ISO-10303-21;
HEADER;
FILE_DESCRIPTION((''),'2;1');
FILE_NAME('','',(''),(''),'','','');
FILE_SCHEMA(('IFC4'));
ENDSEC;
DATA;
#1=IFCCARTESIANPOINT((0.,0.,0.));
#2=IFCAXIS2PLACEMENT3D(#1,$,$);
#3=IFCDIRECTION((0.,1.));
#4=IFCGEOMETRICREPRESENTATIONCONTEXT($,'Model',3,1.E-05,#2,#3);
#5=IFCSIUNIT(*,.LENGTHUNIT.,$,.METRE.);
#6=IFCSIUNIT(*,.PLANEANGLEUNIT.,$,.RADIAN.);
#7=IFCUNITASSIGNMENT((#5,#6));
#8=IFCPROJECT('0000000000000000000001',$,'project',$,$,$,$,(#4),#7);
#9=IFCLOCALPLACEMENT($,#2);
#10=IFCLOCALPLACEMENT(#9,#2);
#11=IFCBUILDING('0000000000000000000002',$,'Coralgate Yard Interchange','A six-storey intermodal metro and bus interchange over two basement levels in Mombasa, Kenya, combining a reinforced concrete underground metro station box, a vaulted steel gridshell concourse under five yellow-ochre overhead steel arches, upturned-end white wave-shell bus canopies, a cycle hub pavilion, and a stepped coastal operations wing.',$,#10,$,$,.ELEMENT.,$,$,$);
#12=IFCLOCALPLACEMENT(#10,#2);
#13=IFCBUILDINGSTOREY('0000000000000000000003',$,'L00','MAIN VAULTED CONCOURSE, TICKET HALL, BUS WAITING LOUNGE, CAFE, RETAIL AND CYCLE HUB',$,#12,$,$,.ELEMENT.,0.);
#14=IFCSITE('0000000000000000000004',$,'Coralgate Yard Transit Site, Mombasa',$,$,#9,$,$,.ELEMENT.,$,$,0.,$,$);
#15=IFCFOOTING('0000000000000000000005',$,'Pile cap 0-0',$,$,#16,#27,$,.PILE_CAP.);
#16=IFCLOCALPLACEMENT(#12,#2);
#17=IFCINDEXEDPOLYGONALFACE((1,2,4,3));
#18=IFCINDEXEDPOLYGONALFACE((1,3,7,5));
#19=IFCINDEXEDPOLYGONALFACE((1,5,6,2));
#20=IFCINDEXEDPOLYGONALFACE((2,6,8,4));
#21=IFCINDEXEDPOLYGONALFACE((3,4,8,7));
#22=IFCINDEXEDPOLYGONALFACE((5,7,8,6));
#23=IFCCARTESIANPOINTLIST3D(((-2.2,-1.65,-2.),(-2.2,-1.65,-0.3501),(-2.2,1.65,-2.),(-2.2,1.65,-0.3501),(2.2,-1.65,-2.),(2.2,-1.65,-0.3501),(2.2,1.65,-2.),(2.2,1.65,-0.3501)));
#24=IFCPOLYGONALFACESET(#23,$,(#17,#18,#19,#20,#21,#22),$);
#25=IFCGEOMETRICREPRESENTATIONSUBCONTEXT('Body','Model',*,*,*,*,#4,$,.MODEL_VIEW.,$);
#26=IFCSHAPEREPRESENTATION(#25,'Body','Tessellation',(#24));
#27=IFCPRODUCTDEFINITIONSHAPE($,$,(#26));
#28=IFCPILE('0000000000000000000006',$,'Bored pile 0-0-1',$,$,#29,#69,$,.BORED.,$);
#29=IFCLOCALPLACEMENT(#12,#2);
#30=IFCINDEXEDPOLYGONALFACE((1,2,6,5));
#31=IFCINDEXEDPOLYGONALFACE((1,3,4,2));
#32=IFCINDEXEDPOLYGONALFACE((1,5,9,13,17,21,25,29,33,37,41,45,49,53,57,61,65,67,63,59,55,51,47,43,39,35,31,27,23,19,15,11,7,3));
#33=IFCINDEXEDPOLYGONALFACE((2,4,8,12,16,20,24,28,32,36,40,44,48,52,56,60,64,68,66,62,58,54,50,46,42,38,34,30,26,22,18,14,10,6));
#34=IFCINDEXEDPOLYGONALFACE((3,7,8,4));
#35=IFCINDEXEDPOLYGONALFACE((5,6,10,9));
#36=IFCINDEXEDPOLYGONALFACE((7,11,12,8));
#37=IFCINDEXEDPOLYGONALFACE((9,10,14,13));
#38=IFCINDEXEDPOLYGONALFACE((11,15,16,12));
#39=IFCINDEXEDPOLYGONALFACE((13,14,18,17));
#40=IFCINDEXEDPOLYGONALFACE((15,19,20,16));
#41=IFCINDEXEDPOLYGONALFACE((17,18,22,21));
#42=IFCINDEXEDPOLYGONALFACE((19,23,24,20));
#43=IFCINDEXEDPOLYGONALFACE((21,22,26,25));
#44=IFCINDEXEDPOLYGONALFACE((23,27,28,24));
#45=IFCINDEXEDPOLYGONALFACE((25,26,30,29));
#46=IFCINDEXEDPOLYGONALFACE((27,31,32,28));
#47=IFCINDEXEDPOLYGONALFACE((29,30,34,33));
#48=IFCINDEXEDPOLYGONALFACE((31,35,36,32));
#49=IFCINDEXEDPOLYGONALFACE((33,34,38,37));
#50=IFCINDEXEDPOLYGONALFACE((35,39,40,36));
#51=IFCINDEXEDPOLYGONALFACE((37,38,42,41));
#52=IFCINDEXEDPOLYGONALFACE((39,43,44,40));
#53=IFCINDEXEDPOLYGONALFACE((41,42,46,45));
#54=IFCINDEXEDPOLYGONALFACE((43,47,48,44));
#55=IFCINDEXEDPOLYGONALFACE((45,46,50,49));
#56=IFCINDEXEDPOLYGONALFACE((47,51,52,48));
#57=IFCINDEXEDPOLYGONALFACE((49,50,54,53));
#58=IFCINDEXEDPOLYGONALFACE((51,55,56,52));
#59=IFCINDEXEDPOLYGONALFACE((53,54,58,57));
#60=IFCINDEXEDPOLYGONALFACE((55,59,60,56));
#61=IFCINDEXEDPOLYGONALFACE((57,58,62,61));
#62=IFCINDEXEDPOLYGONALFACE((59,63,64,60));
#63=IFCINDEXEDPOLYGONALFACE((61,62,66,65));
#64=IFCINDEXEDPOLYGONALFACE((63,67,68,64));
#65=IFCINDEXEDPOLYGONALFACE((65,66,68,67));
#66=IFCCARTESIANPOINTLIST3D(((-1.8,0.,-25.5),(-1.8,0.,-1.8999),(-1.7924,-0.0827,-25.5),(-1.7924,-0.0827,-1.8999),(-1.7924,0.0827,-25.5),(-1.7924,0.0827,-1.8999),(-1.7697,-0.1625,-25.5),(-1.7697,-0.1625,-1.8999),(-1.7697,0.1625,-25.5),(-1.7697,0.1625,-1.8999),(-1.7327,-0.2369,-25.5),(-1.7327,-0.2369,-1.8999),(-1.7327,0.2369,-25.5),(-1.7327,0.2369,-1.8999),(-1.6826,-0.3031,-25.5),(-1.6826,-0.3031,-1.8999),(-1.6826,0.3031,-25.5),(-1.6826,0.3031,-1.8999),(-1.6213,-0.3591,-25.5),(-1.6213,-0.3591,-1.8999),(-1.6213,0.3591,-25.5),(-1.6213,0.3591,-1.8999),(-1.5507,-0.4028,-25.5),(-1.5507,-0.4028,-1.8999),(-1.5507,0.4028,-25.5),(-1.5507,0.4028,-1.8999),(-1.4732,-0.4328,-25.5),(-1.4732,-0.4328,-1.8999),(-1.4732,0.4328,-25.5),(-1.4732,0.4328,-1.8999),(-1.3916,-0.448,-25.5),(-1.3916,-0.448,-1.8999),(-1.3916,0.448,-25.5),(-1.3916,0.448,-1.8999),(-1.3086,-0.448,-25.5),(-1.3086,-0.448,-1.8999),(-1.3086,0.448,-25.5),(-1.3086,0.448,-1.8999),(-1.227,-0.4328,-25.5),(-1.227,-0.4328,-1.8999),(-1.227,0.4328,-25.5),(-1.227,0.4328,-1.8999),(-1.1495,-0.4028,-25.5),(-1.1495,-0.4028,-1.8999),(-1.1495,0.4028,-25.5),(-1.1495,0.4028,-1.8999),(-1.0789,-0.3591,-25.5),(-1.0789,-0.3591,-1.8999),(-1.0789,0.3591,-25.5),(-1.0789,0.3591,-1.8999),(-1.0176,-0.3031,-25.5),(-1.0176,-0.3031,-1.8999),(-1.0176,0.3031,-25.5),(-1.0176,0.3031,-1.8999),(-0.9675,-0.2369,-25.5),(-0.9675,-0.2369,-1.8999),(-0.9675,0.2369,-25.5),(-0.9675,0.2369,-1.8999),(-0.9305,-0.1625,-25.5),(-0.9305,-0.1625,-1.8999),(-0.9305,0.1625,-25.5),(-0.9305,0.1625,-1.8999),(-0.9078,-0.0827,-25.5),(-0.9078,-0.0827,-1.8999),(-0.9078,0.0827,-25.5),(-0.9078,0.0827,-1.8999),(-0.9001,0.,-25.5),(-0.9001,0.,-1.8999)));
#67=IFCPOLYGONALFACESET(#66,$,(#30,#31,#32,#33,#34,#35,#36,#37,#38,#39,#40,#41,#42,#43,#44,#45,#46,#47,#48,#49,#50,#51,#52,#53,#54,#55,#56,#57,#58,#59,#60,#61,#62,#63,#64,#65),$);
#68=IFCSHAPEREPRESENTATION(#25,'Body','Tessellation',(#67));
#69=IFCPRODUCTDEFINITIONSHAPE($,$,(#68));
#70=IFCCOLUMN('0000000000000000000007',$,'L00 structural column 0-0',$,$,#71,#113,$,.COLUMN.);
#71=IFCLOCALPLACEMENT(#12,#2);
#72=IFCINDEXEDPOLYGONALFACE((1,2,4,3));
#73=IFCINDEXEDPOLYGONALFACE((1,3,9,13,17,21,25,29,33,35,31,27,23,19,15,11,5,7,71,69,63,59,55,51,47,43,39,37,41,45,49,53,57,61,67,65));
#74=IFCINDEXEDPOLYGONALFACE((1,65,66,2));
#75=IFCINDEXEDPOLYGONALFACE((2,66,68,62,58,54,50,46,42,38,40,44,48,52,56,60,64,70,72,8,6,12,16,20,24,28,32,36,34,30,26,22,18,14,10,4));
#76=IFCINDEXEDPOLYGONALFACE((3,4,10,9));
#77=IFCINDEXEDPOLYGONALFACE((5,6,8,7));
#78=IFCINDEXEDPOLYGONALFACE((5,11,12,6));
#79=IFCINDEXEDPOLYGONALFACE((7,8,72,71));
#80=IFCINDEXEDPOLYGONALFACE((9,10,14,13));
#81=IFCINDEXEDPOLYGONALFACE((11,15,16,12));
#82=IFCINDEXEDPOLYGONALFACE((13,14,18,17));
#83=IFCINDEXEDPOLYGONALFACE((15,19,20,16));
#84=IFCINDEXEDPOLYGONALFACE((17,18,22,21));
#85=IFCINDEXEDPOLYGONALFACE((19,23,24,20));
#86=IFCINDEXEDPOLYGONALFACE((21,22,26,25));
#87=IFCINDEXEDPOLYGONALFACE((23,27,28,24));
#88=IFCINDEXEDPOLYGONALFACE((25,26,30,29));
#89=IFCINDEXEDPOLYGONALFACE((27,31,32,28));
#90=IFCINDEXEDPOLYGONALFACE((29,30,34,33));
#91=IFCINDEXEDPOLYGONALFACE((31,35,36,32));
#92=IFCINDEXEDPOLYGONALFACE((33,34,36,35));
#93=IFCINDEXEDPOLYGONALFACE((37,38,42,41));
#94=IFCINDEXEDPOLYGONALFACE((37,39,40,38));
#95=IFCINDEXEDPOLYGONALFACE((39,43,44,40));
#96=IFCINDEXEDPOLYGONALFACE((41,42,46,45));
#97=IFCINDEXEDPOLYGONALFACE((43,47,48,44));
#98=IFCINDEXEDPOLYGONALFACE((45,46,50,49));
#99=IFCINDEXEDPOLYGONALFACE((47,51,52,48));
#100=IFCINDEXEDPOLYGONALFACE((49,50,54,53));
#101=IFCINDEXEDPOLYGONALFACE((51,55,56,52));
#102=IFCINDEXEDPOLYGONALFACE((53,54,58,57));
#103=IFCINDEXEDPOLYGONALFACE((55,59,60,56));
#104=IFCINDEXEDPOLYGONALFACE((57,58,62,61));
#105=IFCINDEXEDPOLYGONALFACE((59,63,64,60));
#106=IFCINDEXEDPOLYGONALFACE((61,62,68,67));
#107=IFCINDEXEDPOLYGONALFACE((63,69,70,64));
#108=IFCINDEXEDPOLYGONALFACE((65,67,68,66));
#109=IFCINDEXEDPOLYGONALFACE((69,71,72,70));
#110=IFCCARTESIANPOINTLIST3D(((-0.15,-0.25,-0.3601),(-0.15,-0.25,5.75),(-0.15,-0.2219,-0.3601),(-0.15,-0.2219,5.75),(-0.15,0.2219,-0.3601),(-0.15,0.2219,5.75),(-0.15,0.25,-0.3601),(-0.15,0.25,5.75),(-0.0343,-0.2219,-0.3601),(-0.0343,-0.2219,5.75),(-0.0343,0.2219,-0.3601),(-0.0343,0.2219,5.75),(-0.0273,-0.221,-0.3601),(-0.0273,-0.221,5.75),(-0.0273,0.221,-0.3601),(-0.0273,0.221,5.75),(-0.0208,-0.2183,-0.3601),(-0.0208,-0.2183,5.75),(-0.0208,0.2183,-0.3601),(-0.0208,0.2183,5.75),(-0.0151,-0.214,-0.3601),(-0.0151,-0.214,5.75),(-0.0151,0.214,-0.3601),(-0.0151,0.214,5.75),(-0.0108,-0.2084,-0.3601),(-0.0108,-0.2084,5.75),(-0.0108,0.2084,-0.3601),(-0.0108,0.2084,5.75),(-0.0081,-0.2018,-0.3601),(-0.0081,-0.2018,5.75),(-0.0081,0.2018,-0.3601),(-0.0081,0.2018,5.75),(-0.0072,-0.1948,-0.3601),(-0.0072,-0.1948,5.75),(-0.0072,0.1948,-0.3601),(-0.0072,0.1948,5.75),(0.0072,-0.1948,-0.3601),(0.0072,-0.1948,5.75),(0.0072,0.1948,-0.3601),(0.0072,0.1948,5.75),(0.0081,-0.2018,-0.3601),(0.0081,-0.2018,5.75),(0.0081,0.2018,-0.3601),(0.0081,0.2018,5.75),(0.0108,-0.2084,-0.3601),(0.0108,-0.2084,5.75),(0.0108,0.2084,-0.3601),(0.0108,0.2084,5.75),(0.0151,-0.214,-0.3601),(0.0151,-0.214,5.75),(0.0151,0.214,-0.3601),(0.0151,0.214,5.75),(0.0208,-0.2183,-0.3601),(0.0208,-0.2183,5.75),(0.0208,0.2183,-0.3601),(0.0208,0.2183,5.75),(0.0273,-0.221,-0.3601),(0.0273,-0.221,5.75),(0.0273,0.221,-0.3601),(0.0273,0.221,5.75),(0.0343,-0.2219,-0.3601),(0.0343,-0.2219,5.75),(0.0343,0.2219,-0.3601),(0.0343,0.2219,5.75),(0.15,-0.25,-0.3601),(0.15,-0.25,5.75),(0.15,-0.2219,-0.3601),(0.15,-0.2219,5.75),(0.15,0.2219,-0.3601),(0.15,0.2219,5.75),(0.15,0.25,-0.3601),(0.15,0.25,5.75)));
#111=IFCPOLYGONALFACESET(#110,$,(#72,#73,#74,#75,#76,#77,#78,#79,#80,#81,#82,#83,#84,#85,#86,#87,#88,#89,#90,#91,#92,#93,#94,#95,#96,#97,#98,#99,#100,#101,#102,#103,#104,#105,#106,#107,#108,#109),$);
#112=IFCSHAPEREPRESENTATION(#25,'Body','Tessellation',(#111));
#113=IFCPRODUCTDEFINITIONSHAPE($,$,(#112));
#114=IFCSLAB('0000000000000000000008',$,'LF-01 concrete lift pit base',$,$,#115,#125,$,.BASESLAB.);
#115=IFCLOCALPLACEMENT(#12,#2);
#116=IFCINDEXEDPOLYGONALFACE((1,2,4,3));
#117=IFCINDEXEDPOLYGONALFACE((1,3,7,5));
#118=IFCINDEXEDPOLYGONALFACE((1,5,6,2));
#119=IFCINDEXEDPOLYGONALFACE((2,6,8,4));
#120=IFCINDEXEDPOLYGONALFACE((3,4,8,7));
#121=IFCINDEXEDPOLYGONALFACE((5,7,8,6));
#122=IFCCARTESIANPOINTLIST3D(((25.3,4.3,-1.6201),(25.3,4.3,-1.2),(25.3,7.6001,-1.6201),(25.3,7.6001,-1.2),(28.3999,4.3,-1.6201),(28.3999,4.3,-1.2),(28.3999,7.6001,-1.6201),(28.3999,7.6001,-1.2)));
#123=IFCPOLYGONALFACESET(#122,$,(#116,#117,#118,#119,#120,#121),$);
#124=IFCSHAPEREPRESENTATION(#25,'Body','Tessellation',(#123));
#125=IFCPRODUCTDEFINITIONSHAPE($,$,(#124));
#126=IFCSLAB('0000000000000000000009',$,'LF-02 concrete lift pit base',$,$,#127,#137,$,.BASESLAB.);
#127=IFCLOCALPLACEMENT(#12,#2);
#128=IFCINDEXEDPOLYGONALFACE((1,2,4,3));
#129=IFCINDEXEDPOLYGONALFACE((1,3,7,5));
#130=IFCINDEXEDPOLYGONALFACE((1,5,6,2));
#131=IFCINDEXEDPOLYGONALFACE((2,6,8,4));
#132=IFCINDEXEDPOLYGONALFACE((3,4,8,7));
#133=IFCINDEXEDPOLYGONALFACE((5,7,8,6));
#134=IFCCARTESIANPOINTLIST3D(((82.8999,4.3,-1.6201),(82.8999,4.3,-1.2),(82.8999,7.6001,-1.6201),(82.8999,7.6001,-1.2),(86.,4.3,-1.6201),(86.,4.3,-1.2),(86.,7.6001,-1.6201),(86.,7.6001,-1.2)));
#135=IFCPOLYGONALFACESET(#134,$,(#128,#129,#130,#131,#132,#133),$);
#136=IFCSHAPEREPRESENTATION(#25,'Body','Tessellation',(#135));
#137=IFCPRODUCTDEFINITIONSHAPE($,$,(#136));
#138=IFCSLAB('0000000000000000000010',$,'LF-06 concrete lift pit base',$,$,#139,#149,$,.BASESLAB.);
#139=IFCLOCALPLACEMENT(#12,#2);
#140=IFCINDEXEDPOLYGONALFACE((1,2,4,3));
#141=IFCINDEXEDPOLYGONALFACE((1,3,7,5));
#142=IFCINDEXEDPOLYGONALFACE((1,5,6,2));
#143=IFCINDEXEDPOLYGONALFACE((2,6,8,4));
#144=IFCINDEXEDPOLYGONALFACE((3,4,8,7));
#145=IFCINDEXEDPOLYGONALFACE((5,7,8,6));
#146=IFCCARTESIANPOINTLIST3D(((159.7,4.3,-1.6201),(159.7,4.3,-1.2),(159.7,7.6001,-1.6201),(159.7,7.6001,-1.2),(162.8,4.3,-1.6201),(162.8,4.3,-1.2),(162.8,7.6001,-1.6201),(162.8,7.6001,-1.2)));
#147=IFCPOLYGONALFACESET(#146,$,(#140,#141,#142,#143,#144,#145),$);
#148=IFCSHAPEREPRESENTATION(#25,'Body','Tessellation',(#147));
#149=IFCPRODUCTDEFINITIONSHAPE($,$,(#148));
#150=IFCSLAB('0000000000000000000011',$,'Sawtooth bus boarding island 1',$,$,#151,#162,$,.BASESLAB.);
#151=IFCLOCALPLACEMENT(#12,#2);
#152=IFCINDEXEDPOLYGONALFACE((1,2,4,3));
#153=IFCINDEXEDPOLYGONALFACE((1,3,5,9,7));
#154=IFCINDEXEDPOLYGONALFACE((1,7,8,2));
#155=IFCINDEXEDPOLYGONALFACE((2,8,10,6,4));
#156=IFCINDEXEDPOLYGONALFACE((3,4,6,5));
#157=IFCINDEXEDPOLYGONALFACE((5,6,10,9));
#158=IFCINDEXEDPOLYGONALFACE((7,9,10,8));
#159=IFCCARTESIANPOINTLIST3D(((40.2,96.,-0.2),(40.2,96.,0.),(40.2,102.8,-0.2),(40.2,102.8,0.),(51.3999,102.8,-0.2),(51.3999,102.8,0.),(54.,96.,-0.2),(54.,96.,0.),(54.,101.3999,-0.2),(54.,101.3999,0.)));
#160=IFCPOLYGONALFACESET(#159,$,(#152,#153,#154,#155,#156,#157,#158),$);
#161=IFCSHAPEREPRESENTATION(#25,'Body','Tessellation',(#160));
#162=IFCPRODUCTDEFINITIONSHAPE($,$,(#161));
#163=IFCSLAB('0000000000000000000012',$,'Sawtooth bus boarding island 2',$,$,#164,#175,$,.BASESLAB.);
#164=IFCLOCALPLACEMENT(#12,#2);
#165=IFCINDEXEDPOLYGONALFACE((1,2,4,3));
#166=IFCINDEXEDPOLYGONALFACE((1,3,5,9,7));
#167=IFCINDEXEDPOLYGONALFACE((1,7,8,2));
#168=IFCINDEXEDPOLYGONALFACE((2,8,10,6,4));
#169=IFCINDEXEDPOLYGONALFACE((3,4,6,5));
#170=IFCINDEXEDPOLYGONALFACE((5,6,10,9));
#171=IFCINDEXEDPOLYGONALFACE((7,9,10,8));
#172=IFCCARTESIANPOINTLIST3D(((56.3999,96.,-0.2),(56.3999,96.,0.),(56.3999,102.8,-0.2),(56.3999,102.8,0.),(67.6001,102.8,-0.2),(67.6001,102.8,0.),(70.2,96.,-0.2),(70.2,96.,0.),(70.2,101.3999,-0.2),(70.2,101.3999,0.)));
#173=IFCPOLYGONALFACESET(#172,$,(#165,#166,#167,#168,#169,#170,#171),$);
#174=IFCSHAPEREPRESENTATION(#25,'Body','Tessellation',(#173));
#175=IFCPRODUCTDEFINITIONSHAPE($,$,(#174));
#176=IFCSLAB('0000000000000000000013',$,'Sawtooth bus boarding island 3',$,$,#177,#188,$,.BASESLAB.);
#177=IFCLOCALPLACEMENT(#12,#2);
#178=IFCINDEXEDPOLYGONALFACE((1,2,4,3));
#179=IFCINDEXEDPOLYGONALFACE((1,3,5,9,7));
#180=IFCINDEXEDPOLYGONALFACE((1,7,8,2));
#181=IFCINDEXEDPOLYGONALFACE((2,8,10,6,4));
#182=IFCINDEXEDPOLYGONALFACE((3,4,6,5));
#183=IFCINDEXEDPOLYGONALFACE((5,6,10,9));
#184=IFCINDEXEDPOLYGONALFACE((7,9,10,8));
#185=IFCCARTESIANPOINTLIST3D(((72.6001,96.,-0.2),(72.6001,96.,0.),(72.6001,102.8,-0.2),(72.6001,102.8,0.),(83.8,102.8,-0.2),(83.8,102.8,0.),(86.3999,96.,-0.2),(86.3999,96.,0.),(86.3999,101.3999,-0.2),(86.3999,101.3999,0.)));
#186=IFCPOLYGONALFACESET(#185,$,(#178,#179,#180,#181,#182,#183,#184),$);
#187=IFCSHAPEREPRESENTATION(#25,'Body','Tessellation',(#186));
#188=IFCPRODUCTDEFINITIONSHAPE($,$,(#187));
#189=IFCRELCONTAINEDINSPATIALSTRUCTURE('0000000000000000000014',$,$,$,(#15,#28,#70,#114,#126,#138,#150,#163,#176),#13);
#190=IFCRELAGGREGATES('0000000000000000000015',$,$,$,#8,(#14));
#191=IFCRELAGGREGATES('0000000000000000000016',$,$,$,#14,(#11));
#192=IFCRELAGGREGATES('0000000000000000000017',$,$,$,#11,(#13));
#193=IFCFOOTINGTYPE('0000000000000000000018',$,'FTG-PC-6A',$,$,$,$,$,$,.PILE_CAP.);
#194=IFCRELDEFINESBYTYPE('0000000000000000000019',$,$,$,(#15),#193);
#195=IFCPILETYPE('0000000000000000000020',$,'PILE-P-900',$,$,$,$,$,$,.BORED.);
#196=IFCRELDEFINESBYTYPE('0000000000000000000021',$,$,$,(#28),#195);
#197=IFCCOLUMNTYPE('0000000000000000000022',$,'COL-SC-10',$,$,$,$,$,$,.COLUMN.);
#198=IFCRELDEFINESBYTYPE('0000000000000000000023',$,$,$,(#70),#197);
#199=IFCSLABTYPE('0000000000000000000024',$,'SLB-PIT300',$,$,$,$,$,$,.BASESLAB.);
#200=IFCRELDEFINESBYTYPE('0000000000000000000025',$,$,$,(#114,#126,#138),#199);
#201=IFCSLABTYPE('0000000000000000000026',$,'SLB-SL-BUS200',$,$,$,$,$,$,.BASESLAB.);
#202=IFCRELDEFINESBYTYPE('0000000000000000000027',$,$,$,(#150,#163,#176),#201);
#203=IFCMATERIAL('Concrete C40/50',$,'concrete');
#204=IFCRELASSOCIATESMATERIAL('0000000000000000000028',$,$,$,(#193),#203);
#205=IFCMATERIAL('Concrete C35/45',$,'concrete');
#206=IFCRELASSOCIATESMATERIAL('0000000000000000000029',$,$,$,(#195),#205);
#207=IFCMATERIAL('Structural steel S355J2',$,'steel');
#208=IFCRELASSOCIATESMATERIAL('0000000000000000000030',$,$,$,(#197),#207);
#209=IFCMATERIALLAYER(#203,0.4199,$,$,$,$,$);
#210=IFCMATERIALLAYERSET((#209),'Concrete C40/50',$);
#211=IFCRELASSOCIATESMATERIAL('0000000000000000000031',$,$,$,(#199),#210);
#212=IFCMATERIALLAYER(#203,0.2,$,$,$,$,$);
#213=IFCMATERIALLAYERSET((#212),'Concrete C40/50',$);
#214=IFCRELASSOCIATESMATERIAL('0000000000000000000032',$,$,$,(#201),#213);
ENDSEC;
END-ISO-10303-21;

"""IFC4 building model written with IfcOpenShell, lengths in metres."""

from ifc_helpers import new_model, si_unit, direction, frame, origin, origin_2d, place, context, subcontext, project, spatial, polyline, rectangle, circle, i_section, outline, extrude, material, layer, layer_set, material_profile, profile_set, type_object, element, save


model = new_model("IFC4")

# Units and contexts
model_context = context("Model", 3, precision=1e-05, world=origin(), true_north=direction((0.0, 1.0)))
body_context = subcontext(model_context, "Body", "Model", "MODEL_VIEW")
ifc_project = project(units=[si_unit("LENGTHUNIT", "METRE"), si_unit("PLANEANGLEUNIT", "RADIAN")], contexts=[model_context])

# Site, building, storey
site_placement = place(None, origin())
site = spatial("IfcSite", under=ifc_project, at=site_placement, Name="Coralgate Yard Transit Site, Mombasa", CompositionType="ELEMENT", RefElevation=0.0)
building_placement = place(site_placement, origin())
building = spatial("IfcBuilding", under=site, at=building_placement, Name="Coralgate Yard Interchange", Description="A six-storey intermodal metro and bus interchange over two basement levels in Mombasa, Kenya, combining a reinforced concrete underground metro station box, a vaulted steel gridshell concourse under five yellow-ochre overhead steel arches, upturned-end white wave-shell bus canopies, a cycle hub pavilion, and a stepped coastal operations wing.", CompositionType="ELEMENT")
storey_placement = place(building_placement, origin())
storey = spatial("IfcBuildingStorey", under=building, at=storey_placement, Name="L00", Description="MAIN VAULTED CONCOURSE, TICKET HALL, BUS WAITING LOUNGE, CAFE, RETAIL AND CYCLE HUB", CompositionType="ELEMENT", Elevation=0.0)

# Footing
ifc_material_1 = material(Name="Concrete C40/50", Category="concrete")
footing_type = type_object("IfcFootingType", Name="FTG-PC-6A", PredefinedType="PILE_CAP", material=ifc_material_1)
footing_placement = place(storey_placement, frame((0.0, 0.0, -2.0), z_axis=(0.0, 0.0, 1.0), x_axis=(1.0, 0.0, 0.0)))
element("IfcFooting", 1, at=footing_placement, inside=storey, type_object=footing_type, Name="Pile cap 0-0", PredefinedType="PILE_CAP", context=body_context, shape_type="SweptSolid", body=[
    extrude(rectangle(XDim=4.3999, YDim=3.3, at=origin_2d()), origin(), (0.0, 0.0, 1.0), 1.6499),
])

# Pile
ifc_material_2 = material(Name="Concrete C35/45", Category="concrete")
ifc_material_profile_1 = material_profile(ifc_material_2, circle(Radius=0.45, at=origin_2d()), Name="BORED PILE D900")
ifc_profile_set_1 = profile_set([ifc_material_profile_1], Name="Concrete C35/45")
pile_type = type_object("IfcPileType", Name="PILE-P-900", PredefinedType="BORED", material=ifc_profile_set_1)
pile_placement = place(storey_placement, frame((-1.3501, 0.0, -1.8999), z_axis=(0.0, 0.0, -1.0), x_axis=(1.0, 0.0, 0.0)))
element("IfcPile", 2, at=pile_placement, inside=storey, type_object=pile_type, Name="Bored pile 0-0-1", PredefinedType="BORED", context=body_context, shape_type="SweptSolid", body=[
    extrude(circle(Radius=0.45, at=origin_2d()), origin(), (0.0, 0.0, 1.0), 23.6001),
])

# Column
ifc_material_3 = material(Name="Structural steel S355J2", Category="steel")
ifc_material_profile_2 = material_profile(ifc_material_3, i_section(OverallWidth=0.3, OverallDepth=0.5, WebThickness=0.0144, FlangeThickness=0.0281, FilletRadius=0.0271, at=origin_2d()), Name="HEB 500")
ifc_profile_set_2 = profile_set([ifc_material_profile_2], Name="Structural steel S355J2")
column_type = type_object("IfcColumnType", Name="COL-SC-10", PredefinedType="COLUMN", material=ifc_profile_set_2)
column_placement = place(storey_placement, frame((0.0, 0.0, -0.3601), z_axis=(0.0, 0.0, 1.0), x_axis=(1.0, 0.0, 0.0)))
element("IfcColumn", 3, at=column_placement, inside=storey, type_object=column_type, Name="L00 structural column 0-0", PredefinedType="COLUMN", context=body_context, shape_type="SweptSolid", body=[
    extrude(i_section(OverallWidth=0.3, OverallDepth=0.5, WebThickness=0.0144, FlangeThickness=0.0281, FilletRadius=0.0271, at=origin_2d()), origin(), (0.0, 0.0, 1.0), 6.1101),
])

# Slabs
ifc_layer_1 = layer(ifc_material_1, 0.4199)
ifc_layer_set_1 = layer_set([ifc_layer_1], Name="Concrete C40/50")
slab_type_1 = type_object("IfcSlabType", Name="SLB-PIT300", PredefinedType="BASESLAB", material=ifc_layer_set_1)
slab_1_placement = place(storey_placement, frame((0.0, 0.0, -1.6201)))
element("IfcSlab", 4, at=slab_1_placement, inside=storey, type_object=slab_type_1, Name="LF-01 concrete lift pit base", PredefinedType="BASESLAB", context=body_context, shape_type="SweptSolid", body=[
    extrude(outline(polyline([(25.3, 4.3), (28.3999, 4.3), (28.3999, 7.6001), (25.3, 7.6001), (25.3, 4.3)])), origin(), (0.0, 0.0, 1.0), 0.4202),
])
slab_2_placement = place(storey_placement, frame((0.0, 0.0, -1.6201)))
element("IfcSlab", 5, at=slab_2_placement, inside=storey, type_object=slab_type_1, Name="LF-02 concrete lift pit base", PredefinedType="BASESLAB", context=body_context, shape_type="SweptSolid", body=[
    extrude(outline(polyline([(82.8999, 4.3), (86.0, 4.3), (86.0, 7.6001), (82.8999, 7.6001), (82.8999, 4.3)])), origin(), (0.0, 0.0, 1.0), 0.4202),
])
slab_3_placement = place(storey_placement, frame((0.0, 0.0, -1.6201)))
element("IfcSlab", 6, at=slab_3_placement, inside=storey, type_object=slab_type_1, Name="LF-06 concrete lift pit base", PredefinedType="BASESLAB", context=body_context, shape_type="SweptSolid", body=[
    extrude(outline(polyline([(159.7, 4.3), (162.8, 4.3), (162.8, 7.6001), (159.7, 7.6001), (159.7, 4.3)])), origin(), (0.0, 0.0, 1.0), 0.4202),
])
ifc_layer_2 = layer(ifc_material_1, 0.2)
ifc_layer_set_2 = layer_set([ifc_layer_2], Name="Concrete C40/50")
slab_type_2 = type_object("IfcSlabType", Name="SLB-SL-BUS200", PredefinedType="BASESLAB", material=ifc_layer_set_2)
slab_4_placement = place(storey_placement, frame((0.0, 0.0, -0.2)))
element("IfcSlab", 7, at=slab_4_placement, inside=storey, type_object=slab_type_2, Name="Sawtooth bus boarding island 1", PredefinedType="BASESLAB", context=body_context, shape_type="SweptSolid", body=[
    extrude(outline(polyline([(40.2, 96.0), (54.0, 96.0), (54.0, 101.3999), (51.3999, 102.8), (40.2, 102.8), (40.2, 96.0)])), origin(), (0.0, 0.0, 1.0), 0.2),
])
slab_5_placement = place(storey_placement, frame((0.0, 0.0, -0.2)))
element("IfcSlab", 8, at=slab_5_placement, inside=storey, type_object=slab_type_2, Name="Sawtooth bus boarding island 2", PredefinedType="BASESLAB", context=body_context, shape_type="SweptSolid", body=[
    extrude(outline(polyline([(56.3999, 96.0), (70.2, 96.0), (70.2, 101.3999), (67.6001, 102.8), (56.3999, 102.8), (56.3999, 96.0)])), origin(), (0.0, 0.0, 1.0), 0.2),
])
slab_6_placement = place(storey_placement, frame((0.0, 0.0, -0.2)))
element("IfcSlab", 9, at=slab_6_placement, inside=storey, type_object=slab_type_2, Name="Sawtooth bus boarding island 3", PredefinedType="BASESLAB", context=body_context, shape_type="SweptSolid", body=[
    extrude(outline(polyline([(72.6001, 96.0), (86.3999, 96.0), (86.3999, 101.3999), (83.8, 102.8), (72.6001, 102.8), (72.6001, 96.0)])), origin(), (0.0, 0.0, 1.0), 0.2),
])

save(model, "model.ifc")
